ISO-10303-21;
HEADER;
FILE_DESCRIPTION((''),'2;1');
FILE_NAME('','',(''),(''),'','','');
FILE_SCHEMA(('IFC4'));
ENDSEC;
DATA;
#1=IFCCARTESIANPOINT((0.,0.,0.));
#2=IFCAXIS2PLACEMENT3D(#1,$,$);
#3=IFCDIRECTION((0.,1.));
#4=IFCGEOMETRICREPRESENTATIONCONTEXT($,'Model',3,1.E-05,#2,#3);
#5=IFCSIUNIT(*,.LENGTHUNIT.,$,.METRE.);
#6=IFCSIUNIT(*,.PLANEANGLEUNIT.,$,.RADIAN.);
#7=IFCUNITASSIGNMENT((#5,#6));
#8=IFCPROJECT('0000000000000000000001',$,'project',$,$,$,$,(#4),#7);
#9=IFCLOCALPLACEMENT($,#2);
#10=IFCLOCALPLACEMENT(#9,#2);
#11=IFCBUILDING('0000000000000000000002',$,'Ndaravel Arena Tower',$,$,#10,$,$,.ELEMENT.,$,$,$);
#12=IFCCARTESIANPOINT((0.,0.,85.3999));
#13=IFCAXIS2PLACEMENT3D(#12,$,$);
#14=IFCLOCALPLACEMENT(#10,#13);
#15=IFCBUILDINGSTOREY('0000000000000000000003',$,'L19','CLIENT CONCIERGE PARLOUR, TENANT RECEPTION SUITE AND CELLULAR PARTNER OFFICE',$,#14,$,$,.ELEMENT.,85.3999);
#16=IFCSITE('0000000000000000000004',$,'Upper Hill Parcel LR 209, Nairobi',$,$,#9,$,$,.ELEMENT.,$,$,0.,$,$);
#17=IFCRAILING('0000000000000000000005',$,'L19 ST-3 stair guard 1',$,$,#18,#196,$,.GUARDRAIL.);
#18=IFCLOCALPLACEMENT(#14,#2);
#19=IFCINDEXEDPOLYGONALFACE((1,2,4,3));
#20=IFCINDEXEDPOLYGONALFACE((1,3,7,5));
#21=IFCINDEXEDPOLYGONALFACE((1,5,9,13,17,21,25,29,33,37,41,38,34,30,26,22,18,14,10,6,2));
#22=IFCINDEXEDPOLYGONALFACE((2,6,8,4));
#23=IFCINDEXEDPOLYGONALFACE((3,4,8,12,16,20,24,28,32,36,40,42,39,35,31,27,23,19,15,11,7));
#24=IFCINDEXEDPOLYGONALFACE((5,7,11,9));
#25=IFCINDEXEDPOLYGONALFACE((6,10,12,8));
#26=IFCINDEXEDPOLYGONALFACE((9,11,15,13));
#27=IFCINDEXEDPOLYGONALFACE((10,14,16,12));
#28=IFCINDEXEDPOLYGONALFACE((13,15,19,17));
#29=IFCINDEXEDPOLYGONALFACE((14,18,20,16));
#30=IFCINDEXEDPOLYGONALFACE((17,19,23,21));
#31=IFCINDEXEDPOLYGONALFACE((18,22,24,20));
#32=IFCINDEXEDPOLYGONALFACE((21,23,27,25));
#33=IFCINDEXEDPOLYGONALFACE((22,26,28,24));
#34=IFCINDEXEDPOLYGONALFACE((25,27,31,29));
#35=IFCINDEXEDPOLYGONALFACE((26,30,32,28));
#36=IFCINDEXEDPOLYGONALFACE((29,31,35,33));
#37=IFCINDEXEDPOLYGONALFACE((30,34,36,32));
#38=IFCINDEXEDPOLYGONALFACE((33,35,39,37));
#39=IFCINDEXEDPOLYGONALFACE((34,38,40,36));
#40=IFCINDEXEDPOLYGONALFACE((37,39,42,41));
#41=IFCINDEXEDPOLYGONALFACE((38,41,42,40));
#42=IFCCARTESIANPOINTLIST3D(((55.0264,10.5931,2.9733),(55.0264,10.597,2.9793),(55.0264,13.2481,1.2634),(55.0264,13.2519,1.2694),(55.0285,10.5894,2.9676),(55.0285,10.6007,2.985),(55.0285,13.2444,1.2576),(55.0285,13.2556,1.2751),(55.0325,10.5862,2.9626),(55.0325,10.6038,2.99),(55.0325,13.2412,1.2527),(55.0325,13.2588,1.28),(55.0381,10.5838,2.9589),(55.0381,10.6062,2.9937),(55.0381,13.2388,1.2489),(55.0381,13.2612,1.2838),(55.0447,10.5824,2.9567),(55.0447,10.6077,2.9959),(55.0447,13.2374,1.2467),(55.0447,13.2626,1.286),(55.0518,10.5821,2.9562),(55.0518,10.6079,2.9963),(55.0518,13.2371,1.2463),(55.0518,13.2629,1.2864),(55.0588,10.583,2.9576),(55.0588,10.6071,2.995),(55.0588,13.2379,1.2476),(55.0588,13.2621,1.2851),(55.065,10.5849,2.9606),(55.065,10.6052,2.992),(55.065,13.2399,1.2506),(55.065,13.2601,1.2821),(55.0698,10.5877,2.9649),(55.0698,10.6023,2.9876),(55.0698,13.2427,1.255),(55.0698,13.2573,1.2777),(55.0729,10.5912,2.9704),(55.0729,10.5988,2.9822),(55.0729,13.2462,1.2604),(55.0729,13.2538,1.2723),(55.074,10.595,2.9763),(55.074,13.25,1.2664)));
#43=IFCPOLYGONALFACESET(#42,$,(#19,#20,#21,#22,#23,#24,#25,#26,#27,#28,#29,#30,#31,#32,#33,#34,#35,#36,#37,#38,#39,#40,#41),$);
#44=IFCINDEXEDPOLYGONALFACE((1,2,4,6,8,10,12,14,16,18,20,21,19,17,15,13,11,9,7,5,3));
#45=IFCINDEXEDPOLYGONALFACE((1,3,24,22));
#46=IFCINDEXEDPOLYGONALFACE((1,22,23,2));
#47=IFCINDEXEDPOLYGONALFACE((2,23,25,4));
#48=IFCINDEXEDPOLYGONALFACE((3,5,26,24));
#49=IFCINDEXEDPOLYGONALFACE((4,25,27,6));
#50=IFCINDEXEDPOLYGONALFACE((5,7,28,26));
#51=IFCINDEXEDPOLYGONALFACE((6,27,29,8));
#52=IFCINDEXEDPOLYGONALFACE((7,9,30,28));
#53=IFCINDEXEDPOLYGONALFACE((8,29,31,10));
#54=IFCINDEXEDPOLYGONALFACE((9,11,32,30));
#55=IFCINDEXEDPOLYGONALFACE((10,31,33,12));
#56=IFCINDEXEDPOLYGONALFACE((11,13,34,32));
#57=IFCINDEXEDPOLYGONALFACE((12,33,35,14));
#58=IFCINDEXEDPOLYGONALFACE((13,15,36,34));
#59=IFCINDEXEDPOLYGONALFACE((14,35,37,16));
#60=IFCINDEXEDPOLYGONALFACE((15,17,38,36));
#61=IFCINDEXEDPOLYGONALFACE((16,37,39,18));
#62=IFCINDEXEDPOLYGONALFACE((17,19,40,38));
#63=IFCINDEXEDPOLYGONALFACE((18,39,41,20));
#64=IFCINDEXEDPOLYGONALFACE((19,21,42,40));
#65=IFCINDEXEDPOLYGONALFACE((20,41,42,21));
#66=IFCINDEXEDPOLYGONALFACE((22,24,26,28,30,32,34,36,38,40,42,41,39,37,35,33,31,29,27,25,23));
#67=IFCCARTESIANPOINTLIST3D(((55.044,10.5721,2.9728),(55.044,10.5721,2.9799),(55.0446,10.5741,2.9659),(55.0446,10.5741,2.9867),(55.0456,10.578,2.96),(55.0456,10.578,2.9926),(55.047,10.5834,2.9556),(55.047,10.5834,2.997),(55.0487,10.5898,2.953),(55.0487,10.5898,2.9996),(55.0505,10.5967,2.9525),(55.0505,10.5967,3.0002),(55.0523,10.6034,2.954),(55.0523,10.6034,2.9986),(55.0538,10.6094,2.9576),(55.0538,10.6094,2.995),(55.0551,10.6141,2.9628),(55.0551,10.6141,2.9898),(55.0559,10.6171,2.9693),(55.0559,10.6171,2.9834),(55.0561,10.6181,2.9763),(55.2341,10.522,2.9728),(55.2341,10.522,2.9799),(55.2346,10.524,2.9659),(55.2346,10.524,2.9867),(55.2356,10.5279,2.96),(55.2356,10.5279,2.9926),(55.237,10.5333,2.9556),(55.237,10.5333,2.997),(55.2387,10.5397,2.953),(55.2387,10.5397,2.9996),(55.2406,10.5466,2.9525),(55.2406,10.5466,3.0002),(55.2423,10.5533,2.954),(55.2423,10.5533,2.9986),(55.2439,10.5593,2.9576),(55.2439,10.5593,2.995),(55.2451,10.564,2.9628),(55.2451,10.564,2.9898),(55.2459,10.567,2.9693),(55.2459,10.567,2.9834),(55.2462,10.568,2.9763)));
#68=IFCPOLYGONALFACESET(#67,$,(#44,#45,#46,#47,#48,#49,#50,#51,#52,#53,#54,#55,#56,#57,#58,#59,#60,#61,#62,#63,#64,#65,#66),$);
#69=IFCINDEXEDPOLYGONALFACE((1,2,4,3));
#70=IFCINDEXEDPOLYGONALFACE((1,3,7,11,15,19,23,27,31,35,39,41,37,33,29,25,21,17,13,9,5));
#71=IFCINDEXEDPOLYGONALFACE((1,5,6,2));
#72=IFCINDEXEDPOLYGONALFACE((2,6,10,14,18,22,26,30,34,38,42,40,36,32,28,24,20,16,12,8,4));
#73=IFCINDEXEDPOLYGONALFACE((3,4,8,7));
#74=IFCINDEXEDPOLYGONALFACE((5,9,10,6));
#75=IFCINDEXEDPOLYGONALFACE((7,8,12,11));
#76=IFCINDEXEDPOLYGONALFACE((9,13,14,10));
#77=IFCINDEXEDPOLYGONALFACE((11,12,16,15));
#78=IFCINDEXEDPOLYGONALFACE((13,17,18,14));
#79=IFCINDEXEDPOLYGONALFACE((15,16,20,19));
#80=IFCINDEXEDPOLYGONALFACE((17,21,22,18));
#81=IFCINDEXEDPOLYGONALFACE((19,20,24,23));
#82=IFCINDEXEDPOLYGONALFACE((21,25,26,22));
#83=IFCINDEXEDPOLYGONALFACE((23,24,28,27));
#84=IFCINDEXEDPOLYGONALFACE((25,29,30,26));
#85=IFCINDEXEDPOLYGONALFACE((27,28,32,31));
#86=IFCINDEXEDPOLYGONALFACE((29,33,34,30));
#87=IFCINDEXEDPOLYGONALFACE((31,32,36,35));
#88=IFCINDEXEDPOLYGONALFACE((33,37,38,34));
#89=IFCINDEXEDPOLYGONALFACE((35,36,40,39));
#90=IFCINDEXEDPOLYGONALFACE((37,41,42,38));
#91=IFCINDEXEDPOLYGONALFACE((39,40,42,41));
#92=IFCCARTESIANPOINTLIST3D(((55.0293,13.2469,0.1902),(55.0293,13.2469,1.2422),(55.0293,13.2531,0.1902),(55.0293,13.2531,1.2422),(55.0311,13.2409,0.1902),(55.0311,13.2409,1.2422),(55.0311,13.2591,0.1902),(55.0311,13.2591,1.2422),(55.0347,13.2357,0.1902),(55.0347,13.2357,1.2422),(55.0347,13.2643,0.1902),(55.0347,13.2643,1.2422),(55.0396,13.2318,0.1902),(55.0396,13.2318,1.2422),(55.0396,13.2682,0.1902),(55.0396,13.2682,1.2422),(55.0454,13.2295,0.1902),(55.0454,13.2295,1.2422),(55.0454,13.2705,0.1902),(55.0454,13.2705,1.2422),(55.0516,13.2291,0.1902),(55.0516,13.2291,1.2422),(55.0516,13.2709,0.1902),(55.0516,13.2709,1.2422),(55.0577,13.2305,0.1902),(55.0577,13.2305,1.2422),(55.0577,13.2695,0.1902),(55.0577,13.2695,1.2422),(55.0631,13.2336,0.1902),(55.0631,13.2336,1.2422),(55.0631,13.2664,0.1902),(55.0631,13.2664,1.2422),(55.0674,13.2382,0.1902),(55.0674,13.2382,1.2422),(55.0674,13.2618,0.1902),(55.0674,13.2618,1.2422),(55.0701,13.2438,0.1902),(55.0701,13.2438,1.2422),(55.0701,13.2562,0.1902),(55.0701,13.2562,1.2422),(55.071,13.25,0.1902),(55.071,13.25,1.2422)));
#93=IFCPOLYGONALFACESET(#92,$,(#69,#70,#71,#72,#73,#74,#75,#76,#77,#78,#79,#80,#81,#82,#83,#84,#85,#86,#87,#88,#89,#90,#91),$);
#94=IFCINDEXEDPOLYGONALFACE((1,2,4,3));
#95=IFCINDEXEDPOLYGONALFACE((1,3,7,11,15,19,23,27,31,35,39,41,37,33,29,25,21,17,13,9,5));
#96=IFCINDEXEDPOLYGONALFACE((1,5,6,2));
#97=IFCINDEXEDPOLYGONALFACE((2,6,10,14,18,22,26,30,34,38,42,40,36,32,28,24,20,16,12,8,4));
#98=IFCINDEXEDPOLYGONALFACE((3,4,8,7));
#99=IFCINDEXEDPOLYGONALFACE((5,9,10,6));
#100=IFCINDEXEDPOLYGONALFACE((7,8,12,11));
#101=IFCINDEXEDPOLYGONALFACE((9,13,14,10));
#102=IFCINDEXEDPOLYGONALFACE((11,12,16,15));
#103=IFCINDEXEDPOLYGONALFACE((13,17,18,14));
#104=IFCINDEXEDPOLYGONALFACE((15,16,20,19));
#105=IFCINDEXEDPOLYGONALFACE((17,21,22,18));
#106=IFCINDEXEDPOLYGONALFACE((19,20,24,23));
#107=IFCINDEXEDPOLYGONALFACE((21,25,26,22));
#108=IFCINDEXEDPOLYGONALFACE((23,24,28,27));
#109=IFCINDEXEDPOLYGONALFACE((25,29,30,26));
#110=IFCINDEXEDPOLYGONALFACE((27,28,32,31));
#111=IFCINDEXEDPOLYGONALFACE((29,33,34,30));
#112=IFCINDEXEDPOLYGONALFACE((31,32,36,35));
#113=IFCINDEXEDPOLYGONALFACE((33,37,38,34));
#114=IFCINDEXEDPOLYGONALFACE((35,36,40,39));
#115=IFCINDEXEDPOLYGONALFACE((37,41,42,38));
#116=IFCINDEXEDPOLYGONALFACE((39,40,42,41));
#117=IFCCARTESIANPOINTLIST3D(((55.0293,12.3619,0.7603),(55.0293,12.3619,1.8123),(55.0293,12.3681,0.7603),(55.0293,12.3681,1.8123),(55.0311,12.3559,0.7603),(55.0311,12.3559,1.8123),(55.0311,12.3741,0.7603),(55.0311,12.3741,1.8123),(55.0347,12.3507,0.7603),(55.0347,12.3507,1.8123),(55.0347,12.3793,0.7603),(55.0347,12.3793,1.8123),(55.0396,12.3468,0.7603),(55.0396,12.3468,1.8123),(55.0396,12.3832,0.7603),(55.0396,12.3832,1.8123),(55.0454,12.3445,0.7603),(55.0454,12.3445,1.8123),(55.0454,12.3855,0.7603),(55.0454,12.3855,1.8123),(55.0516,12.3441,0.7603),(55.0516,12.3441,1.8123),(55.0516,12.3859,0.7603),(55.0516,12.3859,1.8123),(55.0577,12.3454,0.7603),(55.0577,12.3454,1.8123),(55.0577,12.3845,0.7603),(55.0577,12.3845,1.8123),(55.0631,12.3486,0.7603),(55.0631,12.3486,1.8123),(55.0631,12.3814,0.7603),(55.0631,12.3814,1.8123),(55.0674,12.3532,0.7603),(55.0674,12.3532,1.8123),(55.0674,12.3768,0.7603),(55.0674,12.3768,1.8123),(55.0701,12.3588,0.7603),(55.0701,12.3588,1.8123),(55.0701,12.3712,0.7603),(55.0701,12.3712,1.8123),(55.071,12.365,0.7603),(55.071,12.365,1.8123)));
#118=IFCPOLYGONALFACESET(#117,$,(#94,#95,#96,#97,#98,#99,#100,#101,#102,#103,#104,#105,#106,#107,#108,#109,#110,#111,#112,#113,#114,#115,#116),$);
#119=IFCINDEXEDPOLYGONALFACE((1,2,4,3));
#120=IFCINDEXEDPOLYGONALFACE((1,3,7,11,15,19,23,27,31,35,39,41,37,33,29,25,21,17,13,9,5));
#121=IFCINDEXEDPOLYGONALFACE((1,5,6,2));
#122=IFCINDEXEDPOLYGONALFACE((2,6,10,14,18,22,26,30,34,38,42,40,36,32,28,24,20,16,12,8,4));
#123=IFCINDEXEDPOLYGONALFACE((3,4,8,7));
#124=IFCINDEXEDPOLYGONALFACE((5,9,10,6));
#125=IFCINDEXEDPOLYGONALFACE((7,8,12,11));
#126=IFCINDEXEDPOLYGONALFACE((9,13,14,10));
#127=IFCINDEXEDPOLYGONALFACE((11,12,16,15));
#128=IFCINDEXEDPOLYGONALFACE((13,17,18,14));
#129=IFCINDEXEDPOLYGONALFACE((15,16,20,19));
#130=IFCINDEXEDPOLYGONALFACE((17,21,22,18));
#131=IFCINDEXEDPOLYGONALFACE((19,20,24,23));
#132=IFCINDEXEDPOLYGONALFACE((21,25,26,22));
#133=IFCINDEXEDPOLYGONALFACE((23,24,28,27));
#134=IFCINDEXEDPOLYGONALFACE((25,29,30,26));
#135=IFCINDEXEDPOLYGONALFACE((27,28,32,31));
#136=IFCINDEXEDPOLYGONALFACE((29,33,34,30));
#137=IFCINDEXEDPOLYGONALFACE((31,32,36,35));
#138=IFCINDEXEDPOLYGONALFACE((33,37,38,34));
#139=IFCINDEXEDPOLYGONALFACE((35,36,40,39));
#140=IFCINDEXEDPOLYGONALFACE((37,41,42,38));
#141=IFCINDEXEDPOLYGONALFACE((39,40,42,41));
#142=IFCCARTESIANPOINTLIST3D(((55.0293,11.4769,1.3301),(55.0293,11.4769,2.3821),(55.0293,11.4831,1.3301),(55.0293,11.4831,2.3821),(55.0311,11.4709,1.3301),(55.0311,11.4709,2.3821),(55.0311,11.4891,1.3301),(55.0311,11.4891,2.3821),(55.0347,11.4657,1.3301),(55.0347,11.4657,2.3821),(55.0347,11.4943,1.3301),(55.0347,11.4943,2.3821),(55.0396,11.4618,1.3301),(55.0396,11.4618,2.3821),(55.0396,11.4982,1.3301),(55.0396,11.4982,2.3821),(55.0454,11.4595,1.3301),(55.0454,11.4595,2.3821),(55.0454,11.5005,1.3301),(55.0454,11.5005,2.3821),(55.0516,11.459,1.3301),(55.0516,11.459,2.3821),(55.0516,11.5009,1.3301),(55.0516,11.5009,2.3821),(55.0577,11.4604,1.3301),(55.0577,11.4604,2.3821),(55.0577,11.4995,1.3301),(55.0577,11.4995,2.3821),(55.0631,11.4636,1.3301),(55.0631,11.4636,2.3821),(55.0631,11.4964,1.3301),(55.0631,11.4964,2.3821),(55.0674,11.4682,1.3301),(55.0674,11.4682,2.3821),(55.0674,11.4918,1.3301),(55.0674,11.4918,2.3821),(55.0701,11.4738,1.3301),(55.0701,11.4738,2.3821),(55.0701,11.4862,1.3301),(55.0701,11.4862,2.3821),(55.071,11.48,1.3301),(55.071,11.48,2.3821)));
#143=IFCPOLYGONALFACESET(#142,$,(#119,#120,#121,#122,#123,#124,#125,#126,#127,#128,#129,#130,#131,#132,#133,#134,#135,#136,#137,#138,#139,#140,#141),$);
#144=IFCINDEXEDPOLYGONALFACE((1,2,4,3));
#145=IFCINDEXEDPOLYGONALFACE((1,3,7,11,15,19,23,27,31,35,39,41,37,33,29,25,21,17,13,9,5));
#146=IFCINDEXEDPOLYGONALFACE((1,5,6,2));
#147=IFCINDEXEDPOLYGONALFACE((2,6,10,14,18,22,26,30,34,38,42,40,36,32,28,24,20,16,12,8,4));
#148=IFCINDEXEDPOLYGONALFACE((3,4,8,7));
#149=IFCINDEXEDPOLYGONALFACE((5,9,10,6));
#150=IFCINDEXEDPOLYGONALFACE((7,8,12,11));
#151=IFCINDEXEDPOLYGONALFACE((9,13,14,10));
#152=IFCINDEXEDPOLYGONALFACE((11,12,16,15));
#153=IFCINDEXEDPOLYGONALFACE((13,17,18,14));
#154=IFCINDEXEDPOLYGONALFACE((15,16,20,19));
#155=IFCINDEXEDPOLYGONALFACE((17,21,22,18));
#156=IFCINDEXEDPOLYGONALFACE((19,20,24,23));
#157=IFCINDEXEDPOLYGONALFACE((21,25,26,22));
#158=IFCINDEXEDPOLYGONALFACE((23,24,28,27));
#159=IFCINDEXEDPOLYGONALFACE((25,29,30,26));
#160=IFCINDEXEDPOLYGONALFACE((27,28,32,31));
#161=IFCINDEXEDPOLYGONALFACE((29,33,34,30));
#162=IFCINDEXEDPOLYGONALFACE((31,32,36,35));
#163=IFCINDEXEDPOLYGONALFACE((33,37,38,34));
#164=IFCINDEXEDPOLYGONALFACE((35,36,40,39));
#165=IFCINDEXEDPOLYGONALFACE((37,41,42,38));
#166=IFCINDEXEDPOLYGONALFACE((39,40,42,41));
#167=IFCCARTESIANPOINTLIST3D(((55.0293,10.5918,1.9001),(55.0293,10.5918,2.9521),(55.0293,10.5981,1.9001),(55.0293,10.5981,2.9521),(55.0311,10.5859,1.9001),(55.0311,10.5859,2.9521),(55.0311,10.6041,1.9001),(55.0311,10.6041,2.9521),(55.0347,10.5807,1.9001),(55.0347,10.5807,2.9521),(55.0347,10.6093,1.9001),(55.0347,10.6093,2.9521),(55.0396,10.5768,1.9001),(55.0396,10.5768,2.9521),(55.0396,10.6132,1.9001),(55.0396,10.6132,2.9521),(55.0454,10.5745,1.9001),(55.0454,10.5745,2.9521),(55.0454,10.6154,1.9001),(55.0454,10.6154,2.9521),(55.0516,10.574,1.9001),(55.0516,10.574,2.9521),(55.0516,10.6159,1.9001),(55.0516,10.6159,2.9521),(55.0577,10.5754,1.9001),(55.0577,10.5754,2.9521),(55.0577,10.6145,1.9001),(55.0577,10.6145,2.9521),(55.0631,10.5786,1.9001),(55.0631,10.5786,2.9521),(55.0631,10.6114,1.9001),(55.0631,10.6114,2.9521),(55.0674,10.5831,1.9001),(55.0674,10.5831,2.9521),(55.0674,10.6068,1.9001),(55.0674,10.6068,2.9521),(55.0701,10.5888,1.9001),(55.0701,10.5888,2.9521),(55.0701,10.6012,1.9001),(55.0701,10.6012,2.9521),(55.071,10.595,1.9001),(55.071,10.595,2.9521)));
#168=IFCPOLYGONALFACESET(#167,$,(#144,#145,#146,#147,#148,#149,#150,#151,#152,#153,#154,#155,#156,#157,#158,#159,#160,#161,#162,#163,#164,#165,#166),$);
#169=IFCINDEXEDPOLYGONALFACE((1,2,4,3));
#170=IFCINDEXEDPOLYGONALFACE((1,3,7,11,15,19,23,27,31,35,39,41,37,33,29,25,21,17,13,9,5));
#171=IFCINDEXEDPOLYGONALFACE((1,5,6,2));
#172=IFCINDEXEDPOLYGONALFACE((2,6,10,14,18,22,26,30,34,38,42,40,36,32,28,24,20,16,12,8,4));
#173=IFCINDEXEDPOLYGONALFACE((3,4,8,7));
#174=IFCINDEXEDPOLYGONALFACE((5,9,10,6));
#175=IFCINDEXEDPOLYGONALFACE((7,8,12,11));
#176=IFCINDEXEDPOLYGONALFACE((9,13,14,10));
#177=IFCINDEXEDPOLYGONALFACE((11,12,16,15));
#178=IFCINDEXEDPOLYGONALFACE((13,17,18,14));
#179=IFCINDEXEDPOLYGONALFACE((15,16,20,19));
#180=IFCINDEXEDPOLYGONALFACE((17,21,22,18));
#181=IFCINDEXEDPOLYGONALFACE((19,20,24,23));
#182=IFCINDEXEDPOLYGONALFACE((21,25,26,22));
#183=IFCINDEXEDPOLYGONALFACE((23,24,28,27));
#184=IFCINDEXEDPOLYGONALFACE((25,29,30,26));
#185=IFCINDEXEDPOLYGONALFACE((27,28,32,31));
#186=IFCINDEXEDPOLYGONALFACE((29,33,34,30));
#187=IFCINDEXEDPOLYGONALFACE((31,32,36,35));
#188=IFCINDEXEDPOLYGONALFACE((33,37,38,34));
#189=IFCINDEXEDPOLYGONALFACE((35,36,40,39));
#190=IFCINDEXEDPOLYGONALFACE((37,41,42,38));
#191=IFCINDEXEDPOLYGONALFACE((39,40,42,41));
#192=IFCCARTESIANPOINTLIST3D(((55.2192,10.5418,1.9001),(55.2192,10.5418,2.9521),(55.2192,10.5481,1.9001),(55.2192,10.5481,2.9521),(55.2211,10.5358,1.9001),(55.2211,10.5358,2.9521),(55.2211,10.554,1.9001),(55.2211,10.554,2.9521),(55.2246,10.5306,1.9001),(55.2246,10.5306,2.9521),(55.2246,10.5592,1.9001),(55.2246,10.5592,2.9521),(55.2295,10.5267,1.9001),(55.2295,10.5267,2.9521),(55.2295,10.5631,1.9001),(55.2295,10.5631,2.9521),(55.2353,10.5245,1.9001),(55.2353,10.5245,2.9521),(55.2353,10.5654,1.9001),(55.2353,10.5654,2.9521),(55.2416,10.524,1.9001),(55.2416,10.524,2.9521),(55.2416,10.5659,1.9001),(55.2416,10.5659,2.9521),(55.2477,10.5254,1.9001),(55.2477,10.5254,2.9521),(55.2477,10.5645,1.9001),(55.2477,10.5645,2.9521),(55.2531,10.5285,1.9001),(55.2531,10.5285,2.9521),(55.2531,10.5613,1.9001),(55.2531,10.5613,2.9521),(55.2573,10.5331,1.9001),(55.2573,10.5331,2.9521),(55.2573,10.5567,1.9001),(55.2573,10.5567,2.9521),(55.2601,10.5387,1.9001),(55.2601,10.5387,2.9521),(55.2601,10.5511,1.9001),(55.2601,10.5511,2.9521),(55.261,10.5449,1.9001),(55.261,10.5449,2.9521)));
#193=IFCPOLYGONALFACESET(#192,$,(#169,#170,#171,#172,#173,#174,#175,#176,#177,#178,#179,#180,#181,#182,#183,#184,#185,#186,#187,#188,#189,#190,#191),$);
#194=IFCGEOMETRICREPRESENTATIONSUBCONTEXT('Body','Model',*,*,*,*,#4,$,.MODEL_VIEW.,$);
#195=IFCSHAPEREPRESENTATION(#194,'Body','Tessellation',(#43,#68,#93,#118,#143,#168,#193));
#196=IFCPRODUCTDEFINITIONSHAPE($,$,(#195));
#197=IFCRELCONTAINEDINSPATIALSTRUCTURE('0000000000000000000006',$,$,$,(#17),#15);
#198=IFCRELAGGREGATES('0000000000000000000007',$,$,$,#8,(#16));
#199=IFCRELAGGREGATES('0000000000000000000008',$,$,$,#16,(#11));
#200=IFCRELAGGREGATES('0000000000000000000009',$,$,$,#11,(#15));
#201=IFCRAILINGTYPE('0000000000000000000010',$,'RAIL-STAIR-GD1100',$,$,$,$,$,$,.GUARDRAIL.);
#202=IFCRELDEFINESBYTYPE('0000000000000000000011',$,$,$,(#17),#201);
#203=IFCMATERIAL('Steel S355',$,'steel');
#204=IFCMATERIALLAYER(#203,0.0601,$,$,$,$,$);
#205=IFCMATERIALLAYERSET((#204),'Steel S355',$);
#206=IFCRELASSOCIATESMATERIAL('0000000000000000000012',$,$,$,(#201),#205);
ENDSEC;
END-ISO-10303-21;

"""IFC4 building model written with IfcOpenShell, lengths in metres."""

from ifc_helpers import new_model, si_unit, direction, frame, origin, origin_2d, place, context, subcontext, project, spatial, circle, extrude, material, layer, layer_set, type_object, element, save


model = new_model("IFC4")

# Units and contexts
model_context = context("Model", 3, precision=1e-05, world=origin(), true_north=direction((0.0, 1.0)))
body_context = subcontext(model_context, "Body", "Model", "MODEL_VIEW")
ifc_project = project(units=[si_unit("LENGTHUNIT", "METRE"), si_unit("PLANEANGLEUNIT", "RADIAN")], contexts=[model_context])

# Site, building, storey
site_placement = place(None, origin())
site = spatial("IfcSite", under=ifc_project, at=site_placement, Name="Upper Hill Parcel LR 209, Nairobi", CompositionType="ELEMENT", RefElevation=0.0)
building_placement = place(site_placement, origin())
building = spatial("IfcBuilding", under=site, at=building_placement, Name="Ndaravel Arena Tower", CompositionType="ELEMENT")
storey_placement = place(building_placement, frame((0.0, 0.0, 85.3999)))
storey = spatial("IfcBuildingStorey", under=building, at=storey_placement, Name="L19", Description="CLIENT CONCIERGE PARLOUR, TENANT RECEPTION SUITE AND CELLULAR PARTNER OFFICE", CompositionType="ELEMENT", Elevation=85.3999)

# Railing
ifc_material_1 = material(Name="Steel S355", Category="steel")
ifc_layer_1 = layer(ifc_material_1, 0.0601)
ifc_layer_set_1 = layer_set([ifc_layer_1], Name="Steel S355")
railing_type_1 = type_object("IfcRailingType", Name="RAIL-STAIR-GD1100", PredefinedType="GUARDRAIL", material=ifc_layer_set_1)
railing_1_placement = place(storey_placement, frame((55.05, 13.25, 0.1902)))
element("IfcRailing", 1, at=railing_1_placement, inside=storey, type_object=railing_type_1, Name="L19 ST-3 stair guard 1", PredefinedType="GUARDRAIL", context=body_context, shape_type="SweptSolid", body=[
    extrude(circle(Radius=0.0239, at=origin_2d()), frame((0.0, 0.0, 1.0762), z_axis=(0.0, -0.840724, 0.541465), x_axis=(1.0, 0.0, 0.0)), (0.0, 0.0, 1.0), 3.158),
    extrude(circle(Radius=0.0239, at=origin_2d()), frame((0.0, -2.655, 2.7861), z_axis=(0.966994, -0.254799, 0.0), x_axis=(0.254799, 0.966994, 0.0)), (0.0, 0.0, 1.0), 0.1965),
    extrude(circle(Radius=0.021, at=origin_2d()), origin(), (0.0, 0.0, 1.0), 1.052),
    extrude(circle(Radius=0.021, at=origin_2d()), frame((0.0, -0.885, 0.5701)), (0.0, 0.0, 1.0), 1.052),
    extrude(circle(Radius=0.021, at=origin_2d()), frame((0.0, -1.77, 1.1399)), (0.0, 0.0, 1.0), 1.052),
    extrude(circle(Radius=0.021, at=origin_2d()), frame((0.0, -2.655, 1.71)), (0.0, 0.0, 1.0), 1.052),
    extrude(circle(Radius=0.021, at=origin_2d()), frame((0.1899, -2.7051, 1.71)), (0.0, 0.0, 1.0), 1.052),
])

save(model, "model.ifc")
